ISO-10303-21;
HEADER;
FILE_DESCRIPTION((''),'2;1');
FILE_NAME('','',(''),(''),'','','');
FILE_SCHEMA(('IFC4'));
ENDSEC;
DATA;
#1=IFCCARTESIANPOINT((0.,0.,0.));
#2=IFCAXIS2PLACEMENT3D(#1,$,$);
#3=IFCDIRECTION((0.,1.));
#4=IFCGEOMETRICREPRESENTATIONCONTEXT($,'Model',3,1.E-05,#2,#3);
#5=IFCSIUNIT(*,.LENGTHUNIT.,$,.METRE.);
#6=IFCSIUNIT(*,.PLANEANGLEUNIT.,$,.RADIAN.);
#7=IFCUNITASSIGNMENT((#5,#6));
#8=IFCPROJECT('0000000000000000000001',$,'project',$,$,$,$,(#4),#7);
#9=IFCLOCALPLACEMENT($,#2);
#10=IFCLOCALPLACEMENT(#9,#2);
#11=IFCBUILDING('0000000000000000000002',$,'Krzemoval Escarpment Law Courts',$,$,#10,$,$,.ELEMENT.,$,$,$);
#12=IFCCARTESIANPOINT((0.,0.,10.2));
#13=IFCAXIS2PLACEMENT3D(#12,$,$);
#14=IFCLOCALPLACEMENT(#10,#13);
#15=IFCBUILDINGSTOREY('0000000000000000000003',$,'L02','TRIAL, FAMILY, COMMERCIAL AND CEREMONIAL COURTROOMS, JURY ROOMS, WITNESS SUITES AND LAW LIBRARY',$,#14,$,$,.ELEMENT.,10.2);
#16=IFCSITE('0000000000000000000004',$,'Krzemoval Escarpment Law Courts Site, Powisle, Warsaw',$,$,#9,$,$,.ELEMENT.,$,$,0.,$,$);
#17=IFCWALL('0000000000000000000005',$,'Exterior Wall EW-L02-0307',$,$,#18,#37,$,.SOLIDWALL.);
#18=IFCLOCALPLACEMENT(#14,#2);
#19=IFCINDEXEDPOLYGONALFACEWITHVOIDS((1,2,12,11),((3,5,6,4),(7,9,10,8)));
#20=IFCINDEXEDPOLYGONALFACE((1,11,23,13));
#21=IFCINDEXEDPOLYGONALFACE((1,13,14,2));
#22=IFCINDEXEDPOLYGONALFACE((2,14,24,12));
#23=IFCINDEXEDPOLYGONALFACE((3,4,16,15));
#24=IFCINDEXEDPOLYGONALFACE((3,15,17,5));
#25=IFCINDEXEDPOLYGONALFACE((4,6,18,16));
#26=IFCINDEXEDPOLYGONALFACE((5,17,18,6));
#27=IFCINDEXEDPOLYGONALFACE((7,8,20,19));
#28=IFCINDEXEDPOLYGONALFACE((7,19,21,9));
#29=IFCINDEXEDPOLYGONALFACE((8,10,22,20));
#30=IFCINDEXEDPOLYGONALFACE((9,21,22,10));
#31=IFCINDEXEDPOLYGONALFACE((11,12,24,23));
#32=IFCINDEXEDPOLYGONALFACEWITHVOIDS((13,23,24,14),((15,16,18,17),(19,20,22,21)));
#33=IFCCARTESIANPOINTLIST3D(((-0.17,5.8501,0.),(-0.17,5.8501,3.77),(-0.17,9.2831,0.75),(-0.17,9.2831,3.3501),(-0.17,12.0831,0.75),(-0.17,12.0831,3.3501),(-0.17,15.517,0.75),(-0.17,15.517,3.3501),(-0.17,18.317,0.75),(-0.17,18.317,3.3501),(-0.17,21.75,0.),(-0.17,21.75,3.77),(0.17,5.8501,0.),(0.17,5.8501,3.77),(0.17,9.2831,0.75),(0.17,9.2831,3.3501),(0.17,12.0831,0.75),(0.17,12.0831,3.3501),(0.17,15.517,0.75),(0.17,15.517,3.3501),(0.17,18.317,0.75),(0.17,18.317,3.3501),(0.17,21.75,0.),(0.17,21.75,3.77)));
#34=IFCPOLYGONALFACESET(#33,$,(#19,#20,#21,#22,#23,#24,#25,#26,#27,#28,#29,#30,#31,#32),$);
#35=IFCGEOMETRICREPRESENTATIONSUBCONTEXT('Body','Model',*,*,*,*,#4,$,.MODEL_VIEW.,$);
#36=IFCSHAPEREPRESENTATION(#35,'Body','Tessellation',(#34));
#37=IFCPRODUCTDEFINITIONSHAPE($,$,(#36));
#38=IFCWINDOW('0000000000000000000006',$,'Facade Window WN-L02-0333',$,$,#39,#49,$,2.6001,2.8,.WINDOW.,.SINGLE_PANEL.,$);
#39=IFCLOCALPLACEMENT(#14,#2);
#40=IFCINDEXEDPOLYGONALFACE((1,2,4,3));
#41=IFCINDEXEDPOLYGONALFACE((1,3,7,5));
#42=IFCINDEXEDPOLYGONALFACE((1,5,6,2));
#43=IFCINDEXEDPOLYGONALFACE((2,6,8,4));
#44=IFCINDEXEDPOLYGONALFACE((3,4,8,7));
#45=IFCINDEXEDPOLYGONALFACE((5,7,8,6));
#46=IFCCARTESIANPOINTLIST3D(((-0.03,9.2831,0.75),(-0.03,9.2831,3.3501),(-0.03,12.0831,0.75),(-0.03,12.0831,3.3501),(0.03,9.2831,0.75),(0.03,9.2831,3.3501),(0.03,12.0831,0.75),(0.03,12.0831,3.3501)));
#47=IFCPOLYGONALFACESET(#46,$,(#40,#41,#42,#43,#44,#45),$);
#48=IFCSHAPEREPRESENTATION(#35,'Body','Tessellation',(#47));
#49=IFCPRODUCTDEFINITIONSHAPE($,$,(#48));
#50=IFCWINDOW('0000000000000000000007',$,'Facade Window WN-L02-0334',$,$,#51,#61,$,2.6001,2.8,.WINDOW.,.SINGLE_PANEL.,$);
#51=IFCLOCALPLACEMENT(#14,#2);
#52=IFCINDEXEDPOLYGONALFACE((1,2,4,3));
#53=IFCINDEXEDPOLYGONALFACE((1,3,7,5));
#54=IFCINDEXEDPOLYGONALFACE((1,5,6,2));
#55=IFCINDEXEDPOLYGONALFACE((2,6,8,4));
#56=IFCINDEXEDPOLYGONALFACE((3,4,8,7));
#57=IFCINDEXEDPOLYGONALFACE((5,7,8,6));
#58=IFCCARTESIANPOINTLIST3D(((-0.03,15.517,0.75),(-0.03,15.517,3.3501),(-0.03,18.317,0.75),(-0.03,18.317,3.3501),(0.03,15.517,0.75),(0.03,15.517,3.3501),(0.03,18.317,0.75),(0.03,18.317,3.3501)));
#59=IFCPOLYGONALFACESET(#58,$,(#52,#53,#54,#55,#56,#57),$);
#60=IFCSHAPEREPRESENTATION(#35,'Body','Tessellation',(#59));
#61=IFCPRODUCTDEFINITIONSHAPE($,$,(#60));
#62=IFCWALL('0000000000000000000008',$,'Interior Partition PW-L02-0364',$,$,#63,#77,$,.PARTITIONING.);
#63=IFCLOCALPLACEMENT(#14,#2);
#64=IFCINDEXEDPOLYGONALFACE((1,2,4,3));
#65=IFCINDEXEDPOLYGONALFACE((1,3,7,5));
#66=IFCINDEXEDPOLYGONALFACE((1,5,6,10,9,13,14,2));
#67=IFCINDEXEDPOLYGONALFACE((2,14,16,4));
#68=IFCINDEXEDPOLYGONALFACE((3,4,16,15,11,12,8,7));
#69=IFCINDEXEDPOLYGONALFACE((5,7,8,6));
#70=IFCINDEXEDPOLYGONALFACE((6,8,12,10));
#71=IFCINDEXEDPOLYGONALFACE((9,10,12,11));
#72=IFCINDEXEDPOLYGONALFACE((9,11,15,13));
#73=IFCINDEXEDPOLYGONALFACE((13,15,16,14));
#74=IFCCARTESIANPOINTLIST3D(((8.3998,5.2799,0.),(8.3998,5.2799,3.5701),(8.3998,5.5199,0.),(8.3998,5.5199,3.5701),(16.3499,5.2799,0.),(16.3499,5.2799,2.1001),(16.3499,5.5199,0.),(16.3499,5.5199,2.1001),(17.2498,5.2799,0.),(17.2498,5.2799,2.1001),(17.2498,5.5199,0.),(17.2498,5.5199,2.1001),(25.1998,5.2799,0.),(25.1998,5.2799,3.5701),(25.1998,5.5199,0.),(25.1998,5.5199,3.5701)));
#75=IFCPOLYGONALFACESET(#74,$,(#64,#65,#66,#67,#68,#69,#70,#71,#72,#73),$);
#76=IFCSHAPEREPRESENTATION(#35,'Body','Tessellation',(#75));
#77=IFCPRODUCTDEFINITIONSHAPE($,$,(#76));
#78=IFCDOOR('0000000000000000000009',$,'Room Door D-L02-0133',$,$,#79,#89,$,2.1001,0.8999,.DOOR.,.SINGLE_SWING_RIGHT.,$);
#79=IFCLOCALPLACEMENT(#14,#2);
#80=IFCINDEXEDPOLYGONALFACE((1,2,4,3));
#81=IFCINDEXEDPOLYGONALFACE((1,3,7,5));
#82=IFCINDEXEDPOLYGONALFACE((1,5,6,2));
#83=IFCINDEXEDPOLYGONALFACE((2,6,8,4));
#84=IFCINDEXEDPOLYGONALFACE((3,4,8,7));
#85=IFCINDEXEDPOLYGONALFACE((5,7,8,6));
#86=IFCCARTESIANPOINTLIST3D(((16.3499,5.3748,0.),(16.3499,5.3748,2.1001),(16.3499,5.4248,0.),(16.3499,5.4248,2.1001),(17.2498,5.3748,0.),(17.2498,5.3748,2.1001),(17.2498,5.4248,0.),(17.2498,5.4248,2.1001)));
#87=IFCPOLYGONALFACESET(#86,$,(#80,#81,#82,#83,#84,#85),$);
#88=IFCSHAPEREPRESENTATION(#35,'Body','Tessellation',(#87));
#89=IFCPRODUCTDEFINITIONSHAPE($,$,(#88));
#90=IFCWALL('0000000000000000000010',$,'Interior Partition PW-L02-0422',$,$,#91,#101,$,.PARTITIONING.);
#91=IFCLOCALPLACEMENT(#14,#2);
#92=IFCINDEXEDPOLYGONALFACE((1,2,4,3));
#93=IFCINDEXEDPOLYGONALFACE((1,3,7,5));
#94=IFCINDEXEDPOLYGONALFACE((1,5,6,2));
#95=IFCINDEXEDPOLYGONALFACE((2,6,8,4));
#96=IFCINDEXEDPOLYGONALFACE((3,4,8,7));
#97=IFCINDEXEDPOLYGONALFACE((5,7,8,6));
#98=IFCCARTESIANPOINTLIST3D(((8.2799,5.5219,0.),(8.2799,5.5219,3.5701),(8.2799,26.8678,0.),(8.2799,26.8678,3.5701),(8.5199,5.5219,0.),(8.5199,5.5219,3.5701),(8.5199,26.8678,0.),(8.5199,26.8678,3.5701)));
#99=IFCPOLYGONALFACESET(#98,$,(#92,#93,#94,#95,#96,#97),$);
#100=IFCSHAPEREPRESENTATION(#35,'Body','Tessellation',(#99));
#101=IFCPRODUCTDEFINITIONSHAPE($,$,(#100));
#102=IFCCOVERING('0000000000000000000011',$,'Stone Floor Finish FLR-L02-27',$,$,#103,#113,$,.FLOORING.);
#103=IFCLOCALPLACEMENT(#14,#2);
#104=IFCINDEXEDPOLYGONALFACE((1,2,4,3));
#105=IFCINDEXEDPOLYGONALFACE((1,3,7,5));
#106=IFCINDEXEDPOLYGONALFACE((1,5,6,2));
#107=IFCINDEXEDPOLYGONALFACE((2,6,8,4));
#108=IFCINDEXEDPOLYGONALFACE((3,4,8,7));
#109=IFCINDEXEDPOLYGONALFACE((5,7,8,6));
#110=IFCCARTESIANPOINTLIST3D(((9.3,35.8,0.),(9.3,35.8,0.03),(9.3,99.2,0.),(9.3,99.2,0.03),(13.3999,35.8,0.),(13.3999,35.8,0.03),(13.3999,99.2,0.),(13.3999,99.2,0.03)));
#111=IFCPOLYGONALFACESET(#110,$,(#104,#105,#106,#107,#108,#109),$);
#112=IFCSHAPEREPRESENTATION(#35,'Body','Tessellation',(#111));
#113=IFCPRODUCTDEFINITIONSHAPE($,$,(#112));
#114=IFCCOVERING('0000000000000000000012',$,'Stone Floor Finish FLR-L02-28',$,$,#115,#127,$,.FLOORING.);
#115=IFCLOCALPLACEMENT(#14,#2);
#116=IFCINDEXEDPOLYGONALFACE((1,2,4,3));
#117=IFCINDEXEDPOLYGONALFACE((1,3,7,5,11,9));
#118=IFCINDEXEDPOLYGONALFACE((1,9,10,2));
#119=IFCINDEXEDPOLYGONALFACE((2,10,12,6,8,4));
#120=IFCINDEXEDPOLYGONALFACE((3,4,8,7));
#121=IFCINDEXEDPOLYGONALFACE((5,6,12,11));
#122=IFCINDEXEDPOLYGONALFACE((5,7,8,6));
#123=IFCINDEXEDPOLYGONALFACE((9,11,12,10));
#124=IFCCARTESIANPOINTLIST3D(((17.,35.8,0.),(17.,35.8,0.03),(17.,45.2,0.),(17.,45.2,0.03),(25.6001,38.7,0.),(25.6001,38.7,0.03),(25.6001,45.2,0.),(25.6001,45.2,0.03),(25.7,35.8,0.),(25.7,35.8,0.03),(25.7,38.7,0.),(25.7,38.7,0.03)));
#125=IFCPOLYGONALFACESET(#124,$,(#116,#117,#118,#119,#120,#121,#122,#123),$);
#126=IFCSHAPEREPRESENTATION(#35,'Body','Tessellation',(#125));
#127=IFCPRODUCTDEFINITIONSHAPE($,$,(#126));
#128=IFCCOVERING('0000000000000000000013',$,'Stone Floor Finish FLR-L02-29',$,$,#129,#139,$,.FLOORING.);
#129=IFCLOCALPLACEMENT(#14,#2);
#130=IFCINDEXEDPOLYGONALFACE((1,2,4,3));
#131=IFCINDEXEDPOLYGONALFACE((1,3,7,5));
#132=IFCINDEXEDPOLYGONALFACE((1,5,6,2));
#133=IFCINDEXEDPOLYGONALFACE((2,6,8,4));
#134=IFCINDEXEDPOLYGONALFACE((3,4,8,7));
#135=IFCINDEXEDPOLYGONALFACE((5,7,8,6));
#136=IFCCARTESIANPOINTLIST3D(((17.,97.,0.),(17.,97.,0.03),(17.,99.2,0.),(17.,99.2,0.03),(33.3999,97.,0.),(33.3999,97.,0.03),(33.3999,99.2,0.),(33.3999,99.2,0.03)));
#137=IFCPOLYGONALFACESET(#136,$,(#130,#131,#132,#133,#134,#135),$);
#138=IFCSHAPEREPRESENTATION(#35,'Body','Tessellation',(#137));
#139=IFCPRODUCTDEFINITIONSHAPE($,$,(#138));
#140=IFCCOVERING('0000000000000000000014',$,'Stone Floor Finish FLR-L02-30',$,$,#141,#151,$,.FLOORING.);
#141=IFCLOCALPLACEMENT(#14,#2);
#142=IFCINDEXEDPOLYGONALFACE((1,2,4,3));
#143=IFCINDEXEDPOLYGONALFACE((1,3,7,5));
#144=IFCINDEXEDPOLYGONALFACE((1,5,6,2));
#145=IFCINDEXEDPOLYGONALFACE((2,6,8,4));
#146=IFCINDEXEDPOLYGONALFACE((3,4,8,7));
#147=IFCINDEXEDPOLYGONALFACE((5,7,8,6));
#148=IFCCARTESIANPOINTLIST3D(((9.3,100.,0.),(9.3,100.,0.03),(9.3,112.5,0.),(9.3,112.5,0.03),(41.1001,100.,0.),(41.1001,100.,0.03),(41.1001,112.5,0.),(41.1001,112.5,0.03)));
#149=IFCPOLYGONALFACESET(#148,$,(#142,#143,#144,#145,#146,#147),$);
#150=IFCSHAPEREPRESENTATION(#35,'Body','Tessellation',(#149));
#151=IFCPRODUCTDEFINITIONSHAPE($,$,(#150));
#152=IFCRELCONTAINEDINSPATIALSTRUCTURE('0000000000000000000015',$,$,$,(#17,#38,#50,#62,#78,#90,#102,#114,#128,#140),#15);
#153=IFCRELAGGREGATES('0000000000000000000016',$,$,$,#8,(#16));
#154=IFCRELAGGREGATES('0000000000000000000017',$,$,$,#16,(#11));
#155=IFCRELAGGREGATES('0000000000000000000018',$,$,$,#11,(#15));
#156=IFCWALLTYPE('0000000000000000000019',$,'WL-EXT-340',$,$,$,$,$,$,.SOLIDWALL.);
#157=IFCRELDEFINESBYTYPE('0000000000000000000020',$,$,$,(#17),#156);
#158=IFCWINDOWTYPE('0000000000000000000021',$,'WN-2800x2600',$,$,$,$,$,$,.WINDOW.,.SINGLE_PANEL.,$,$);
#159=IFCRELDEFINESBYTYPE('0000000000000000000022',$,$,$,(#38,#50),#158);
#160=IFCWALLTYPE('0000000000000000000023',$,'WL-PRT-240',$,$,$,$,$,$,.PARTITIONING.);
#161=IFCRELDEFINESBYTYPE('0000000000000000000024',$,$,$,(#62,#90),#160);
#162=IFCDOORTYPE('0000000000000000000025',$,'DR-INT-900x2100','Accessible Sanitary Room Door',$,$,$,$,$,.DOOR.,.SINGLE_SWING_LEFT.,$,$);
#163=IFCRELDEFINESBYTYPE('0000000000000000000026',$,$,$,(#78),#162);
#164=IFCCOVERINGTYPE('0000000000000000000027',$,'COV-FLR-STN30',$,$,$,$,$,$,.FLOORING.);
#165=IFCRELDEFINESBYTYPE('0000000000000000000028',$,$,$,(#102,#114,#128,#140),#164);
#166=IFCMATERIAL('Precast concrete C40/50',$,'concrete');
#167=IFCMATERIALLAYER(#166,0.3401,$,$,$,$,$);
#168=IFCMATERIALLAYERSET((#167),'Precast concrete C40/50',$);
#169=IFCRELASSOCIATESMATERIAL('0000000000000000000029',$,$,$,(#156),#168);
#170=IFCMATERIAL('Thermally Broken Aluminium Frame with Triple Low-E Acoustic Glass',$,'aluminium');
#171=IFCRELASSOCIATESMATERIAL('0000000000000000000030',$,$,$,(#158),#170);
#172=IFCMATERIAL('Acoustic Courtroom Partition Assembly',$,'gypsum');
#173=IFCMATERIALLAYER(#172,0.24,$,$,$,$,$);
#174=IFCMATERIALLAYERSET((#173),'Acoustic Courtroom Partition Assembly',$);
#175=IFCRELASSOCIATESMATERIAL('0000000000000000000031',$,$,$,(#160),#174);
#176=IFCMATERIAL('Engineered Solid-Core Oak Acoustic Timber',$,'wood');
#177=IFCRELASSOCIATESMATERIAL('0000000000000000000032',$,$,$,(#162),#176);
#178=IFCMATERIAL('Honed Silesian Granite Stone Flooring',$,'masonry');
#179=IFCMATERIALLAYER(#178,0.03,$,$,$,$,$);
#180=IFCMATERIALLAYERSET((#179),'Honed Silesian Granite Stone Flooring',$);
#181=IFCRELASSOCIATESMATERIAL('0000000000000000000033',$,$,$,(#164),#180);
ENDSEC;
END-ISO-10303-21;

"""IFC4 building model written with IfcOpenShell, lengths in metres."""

from ifc_helpers import new_model, si_unit, direction, frame, frame_2d, origin, place, context, subcontext, project, spatial, polyline, rectangle, outline, extrude, material, layer, layer_set, type_object, element, fill, save


model = new_model("IFC4")

# Units and contexts
model_context = context("Model", 3, precision=1e-05, world=origin(), true_north=direction((0.0, 1.0)))
body_context = subcontext(model_context, "Body", "Model", "MODEL_VIEW")
ifc_project = project(units=[si_unit("LENGTHUNIT", "METRE"), si_unit("PLANEANGLEUNIT", "RADIAN")], contexts=[model_context])

# Site, building, storey
site_placement = place(None, origin())
site = spatial("IfcSite", under=ifc_project, at=site_placement, Name="Krzemoval Escarpment Law Courts Site, Powisle, Warsaw", CompositionType="ELEMENT", RefElevation=0.0)
building_placement = place(site_placement, origin())
building = spatial("IfcBuilding", under=site, at=building_placement, Name="Krzemoval Escarpment Law Courts", CompositionType="ELEMENT")
storey_placement = place(building_placement, frame((0.0, 0.0, 10.2)))
storey = spatial("IfcBuildingStorey", under=building, at=storey_placement, Name="L02", Description="TRIAL, FAMILY, COMMERCIAL AND CEREMONIAL COURTROOMS, JURY ROOMS, WITNESS SUITES AND LAW LIBRARY", CompositionType="ELEMENT", Elevation=10.2)

# Shared definitions
ifc_material_1 = material(Name="Precast concrete C40/50", Category="concrete")
ifc_layer_1 = layer(ifc_material_1, 0.3401)
ifc_layer_set_1 = layer_set([ifc_layer_1], Name="Precast concrete C40/50")
wall_type_1 = type_object("IfcWallType", Name="WL-EXT-340", PredefinedType="SOLIDWALL", material=ifc_layer_set_1)
ifc_material_2 = material(Name="Thermally Broken Aluminium Frame with Triple Low-E Acoustic Glass", Category="aluminium")
window_type = type_object("IfcWindowType", Name="WN-2800x2600", PartitioningType="SINGLE_PANEL", PredefinedType="WINDOW", material=ifc_material_2)

# Wall, openings, windows
wall_1_placement = place(storey_placement, frame((0.0, 5.8501, 0.0), z_axis=(0.0, 0.0, 1.0), x_axis=(0.0, 1.0, 0.0)))
wall_1 = element("IfcWall", 1, at=wall_1_placement, inside=storey, type_object=wall_type_1, Name="Exterior Wall EW-L02-0307", PredefinedType="SOLIDWALL", context=body_context, shape_type="SweptSolid", body=[
    extrude(rectangle(XDim=15.8999, YDim=0.3401, at=frame_2d((7.95, 0.0))), origin(), (0.0, 0.0, 1.0), 3.77),
])
opening_1_placement = place(wall_1_placement, frame((3.4331, 0.0, 0.75)))
opening_1 = element("IfcOpeningElement", 2, at=opening_1_placement, cuts=wall_1, PredefinedType="OPENING", context=body_context, shape_type="SweptSolid", body=[
    extrude(rectangle(XDim=2.8, YDim=2.6001, at=frame_2d((1.3999, 1.3))), frame((0.0, 0.185, 0.0), z_axis=(0.0, -1.0, 0.0), x_axis=(1.0, 0.0, 0.0)), (0.0, 0.0, 1.0), 0.3701),
])
opening_2_placement = place(wall_1_placement, frame((9.667, 0.0, 0.75)))
opening_2 = element("IfcOpeningElement", 3, at=opening_2_placement, cuts=wall_1, PredefinedType="OPENING", context=body_context, shape_type="SweptSolid", body=[
    extrude(rectangle(XDim=2.8, YDim=2.6001, at=frame_2d((1.3999, 1.3))), frame((0.0, 0.185, 0.0), z_axis=(0.0, -1.0, 0.0), x_axis=(1.0, 0.0, 0.0)), (0.0, 0.0, 1.0), 0.3701),
])
window_1_placement = place(opening_1_placement, origin())
window_1 = element("IfcWindow", 4, at=window_1_placement, inside=storey, type_object=window_type, Name="Facade Window WN-L02-0333", OverallHeight=2.6001, OverallWidth=2.8, PartitioningType="SINGLE_PANEL", PredefinedType="WINDOW", context=body_context, shape_type="SweptSolid", body=[
    extrude(rectangle(XDim=2.8, YDim=2.6001, at=frame_2d((1.3999, 1.3))), frame((0.0, 0.03, 0.0), z_axis=(0.0, -1.0, 0.0), x_axis=(1.0, 0.0, 0.0)), (0.0, 0.0, 1.0), 0.0601),
])
fill(opening_1, window_1)
window_2_placement = place(opening_2_placement, origin())
window_2 = element("IfcWindow", 5, at=window_2_placement, inside=storey, type_object=window_type, Name="Facade Window WN-L02-0334", OverallHeight=2.6001, OverallWidth=2.8, PartitioningType="SINGLE_PANEL", PredefinedType="WINDOW", context=body_context, shape_type="SweptSolid", body=[
    extrude(rectangle(XDim=2.8, YDim=2.6001, at=frame_2d((1.3999, 1.3))), frame((0.0, 0.03, 0.0), z_axis=(0.0, -1.0, 0.0), x_axis=(1.0, 0.0, 0.0)), (0.0, 0.0, 1.0), 0.0601),
])
fill(opening_2, window_2)

# Wall, opening, door
ifc_material_3 = material(Name="Acoustic Courtroom Partition Assembly", Category="gypsum")
ifc_layer_2 = layer(ifc_material_3, 0.24)
ifc_layer_set_2 = layer_set([ifc_layer_2], Name="Acoustic Courtroom Partition Assembly")
wall_type_2 = type_object("IfcWallType", Name="WL-PRT-240", PredefinedType="PARTITIONING", material=ifc_layer_set_2)
wall_2_placement = place(storey_placement, frame((8.3999, 5.3999, 0.0), z_axis=(0.0, 0.0, 1.0), x_axis=(1.0, 0.0, 0.0)))
wall_2 = element("IfcWall", 6, at=wall_2_placement, inside=storey, type_object=wall_type_2, Name="Interior Partition PW-L02-0364", PredefinedType="PARTITIONING", context=body_context, shape_type="SweptSolid", body=[
    extrude(rectangle(XDim=16.8, YDim=0.24, at=frame_2d((8.3999, 0.0))), origin(), (0.0, 0.0, 1.0), 3.5701),
])
opening_3_placement = place(wall_2_placement, frame((7.95, 0.0, 0.0)))
opening_3 = element("IfcOpeningElement", 7, at=opening_3_placement, cuts=wall_2, PredefinedType="OPENING", context=body_context, shape_type="SweptSolid", body=[
    extrude(rectangle(XDim=0.8999, YDim=2.1001, at=frame_2d((0.45, 1.05))), frame((0.0, 0.135, 0.0), z_axis=(0.0, -1.0, 0.0), x_axis=(1.0, 0.0, 0.0)), (0.0, 0.0, 1.0), 0.27),
])
ifc_material_4 = material(Name="Engineered Solid-Core Oak Acoustic Timber", Category="wood")
door_type = type_object("IfcDoorType", Name="DR-INT-900x2100", Description="Accessible Sanitary Room Door", OperationType="SINGLE_SWING_LEFT", PredefinedType="DOOR", material=ifc_material_4)
door_placement = place(opening_3_placement, origin())
door = element("IfcDoor", 8, at=door_placement, inside=storey, type_object=door_type, Name="Room Door D-L02-0133", OperationType="SINGLE_SWING_RIGHT", OverallHeight=2.1001, OverallWidth=0.8999, PredefinedType="DOOR", context=body_context, shape_type="SweptSolid", body=[
    extrude(rectangle(XDim=0.8999, YDim=2.1001, at=frame_2d((0.45, 1.05))), frame((0.0, 0.0249, 0.0), z_axis=(0.0, -1.0, 0.0), x_axis=(1.0, 0.0, 0.0)), (0.0, 0.0, 1.0), 0.05),
])
fill(opening_3, door)

# Wall
wall_3_placement = place(storey_placement, frame((8.3999, 5.522, 0.0), z_axis=(0.0, 0.0, 1.0), x_axis=(0.0, 1.0, 0.0)))
element("IfcWall", 9, at=wall_3_placement, inside=storey, type_object=wall_type_2, Name="Interior Partition PW-L02-0422", PredefinedType="PARTITIONING", context=body_context, shape_type="SweptSolid", body=[
    extrude(rectangle(XDim=21.3459, YDim=0.24, at=frame_2d((10.6729, 0.0))), origin(), (0.0, 0.0, 1.0), 3.5701),
])

# Coverings
ifc_material_5 = material(Name="Honed Silesian Granite Stone Flooring", Category="masonry")
ifc_layer_3 = layer(ifc_material_5, 0.03)
ifc_layer_set_3 = layer_set([ifc_layer_3], Name="Honed Silesian Granite Stone Flooring")
covering_type = type_object("IfcCoveringType", Name="COV-FLR-STN30", PredefinedType="FLOORING", material=ifc_layer_set_3)
covering_1_placement = place(storey_placement, origin())
element("IfcCovering", 10, at=covering_1_placement, inside=storey, type_object=covering_type, Name="Stone Floor Finish FLR-L02-27", PredefinedType="FLOORING", context=body_context, shape_type="SweptSolid", body=[
    extrude(outline(polyline([(9.3, 35.8), (9.3, 99.2), (13.3999, 99.2), (13.3999, 35.8), (9.3, 35.8)])), origin(), (0.0, 0.0, 1.0), 0.03),
])
covering_2_placement = place(storey_placement, origin())
element("IfcCovering", 11, at=covering_2_placement, inside=storey, type_object=covering_type, Name="Stone Floor Finish FLR-L02-28", PredefinedType="FLOORING", context=body_context, shape_type="SweptSolid", body=[
    extrude(outline(polyline([(25.7, 35.8), (17.0, 35.8), (17.0, 45.2), (25.6001, 45.2), (25.6001, 38.7), (25.7, 38.7), (25.7, 35.8)])), origin(), (0.0, 0.0, 1.0), 0.03),
])
covering_3_placement = place(storey_placement, origin())
element("IfcCovering", 12, at=covering_3_placement, inside=storey, type_object=covering_type, Name="Stone Floor Finish FLR-L02-29", PredefinedType="FLOORING", context=body_context, shape_type="SweptSolid", body=[
    extrude(outline(polyline([(17.0, 97.0), (17.0, 99.2), (33.3999, 99.2), (33.3999, 97.0), (17.0, 97.0)])), origin(), (0.0, 0.0, 1.0), 0.03),
])
covering_4_placement = place(storey_placement, origin())
element("IfcCovering", 13, at=covering_4_placement, inside=storey, type_object=covering_type, Name="Stone Floor Finish FLR-L02-30", PredefinedType="FLOORING", context=body_context, shape_type="SweptSolid", body=[
    extrude(outline(polyline([(9.3, 100.0), (9.3, 112.5), (41.1001, 112.5), (41.1001, 100.0), (9.3, 100.0)])), origin(), (0.0, 0.0, 1.0), 0.03),
])

save(model, "model.ifc")
